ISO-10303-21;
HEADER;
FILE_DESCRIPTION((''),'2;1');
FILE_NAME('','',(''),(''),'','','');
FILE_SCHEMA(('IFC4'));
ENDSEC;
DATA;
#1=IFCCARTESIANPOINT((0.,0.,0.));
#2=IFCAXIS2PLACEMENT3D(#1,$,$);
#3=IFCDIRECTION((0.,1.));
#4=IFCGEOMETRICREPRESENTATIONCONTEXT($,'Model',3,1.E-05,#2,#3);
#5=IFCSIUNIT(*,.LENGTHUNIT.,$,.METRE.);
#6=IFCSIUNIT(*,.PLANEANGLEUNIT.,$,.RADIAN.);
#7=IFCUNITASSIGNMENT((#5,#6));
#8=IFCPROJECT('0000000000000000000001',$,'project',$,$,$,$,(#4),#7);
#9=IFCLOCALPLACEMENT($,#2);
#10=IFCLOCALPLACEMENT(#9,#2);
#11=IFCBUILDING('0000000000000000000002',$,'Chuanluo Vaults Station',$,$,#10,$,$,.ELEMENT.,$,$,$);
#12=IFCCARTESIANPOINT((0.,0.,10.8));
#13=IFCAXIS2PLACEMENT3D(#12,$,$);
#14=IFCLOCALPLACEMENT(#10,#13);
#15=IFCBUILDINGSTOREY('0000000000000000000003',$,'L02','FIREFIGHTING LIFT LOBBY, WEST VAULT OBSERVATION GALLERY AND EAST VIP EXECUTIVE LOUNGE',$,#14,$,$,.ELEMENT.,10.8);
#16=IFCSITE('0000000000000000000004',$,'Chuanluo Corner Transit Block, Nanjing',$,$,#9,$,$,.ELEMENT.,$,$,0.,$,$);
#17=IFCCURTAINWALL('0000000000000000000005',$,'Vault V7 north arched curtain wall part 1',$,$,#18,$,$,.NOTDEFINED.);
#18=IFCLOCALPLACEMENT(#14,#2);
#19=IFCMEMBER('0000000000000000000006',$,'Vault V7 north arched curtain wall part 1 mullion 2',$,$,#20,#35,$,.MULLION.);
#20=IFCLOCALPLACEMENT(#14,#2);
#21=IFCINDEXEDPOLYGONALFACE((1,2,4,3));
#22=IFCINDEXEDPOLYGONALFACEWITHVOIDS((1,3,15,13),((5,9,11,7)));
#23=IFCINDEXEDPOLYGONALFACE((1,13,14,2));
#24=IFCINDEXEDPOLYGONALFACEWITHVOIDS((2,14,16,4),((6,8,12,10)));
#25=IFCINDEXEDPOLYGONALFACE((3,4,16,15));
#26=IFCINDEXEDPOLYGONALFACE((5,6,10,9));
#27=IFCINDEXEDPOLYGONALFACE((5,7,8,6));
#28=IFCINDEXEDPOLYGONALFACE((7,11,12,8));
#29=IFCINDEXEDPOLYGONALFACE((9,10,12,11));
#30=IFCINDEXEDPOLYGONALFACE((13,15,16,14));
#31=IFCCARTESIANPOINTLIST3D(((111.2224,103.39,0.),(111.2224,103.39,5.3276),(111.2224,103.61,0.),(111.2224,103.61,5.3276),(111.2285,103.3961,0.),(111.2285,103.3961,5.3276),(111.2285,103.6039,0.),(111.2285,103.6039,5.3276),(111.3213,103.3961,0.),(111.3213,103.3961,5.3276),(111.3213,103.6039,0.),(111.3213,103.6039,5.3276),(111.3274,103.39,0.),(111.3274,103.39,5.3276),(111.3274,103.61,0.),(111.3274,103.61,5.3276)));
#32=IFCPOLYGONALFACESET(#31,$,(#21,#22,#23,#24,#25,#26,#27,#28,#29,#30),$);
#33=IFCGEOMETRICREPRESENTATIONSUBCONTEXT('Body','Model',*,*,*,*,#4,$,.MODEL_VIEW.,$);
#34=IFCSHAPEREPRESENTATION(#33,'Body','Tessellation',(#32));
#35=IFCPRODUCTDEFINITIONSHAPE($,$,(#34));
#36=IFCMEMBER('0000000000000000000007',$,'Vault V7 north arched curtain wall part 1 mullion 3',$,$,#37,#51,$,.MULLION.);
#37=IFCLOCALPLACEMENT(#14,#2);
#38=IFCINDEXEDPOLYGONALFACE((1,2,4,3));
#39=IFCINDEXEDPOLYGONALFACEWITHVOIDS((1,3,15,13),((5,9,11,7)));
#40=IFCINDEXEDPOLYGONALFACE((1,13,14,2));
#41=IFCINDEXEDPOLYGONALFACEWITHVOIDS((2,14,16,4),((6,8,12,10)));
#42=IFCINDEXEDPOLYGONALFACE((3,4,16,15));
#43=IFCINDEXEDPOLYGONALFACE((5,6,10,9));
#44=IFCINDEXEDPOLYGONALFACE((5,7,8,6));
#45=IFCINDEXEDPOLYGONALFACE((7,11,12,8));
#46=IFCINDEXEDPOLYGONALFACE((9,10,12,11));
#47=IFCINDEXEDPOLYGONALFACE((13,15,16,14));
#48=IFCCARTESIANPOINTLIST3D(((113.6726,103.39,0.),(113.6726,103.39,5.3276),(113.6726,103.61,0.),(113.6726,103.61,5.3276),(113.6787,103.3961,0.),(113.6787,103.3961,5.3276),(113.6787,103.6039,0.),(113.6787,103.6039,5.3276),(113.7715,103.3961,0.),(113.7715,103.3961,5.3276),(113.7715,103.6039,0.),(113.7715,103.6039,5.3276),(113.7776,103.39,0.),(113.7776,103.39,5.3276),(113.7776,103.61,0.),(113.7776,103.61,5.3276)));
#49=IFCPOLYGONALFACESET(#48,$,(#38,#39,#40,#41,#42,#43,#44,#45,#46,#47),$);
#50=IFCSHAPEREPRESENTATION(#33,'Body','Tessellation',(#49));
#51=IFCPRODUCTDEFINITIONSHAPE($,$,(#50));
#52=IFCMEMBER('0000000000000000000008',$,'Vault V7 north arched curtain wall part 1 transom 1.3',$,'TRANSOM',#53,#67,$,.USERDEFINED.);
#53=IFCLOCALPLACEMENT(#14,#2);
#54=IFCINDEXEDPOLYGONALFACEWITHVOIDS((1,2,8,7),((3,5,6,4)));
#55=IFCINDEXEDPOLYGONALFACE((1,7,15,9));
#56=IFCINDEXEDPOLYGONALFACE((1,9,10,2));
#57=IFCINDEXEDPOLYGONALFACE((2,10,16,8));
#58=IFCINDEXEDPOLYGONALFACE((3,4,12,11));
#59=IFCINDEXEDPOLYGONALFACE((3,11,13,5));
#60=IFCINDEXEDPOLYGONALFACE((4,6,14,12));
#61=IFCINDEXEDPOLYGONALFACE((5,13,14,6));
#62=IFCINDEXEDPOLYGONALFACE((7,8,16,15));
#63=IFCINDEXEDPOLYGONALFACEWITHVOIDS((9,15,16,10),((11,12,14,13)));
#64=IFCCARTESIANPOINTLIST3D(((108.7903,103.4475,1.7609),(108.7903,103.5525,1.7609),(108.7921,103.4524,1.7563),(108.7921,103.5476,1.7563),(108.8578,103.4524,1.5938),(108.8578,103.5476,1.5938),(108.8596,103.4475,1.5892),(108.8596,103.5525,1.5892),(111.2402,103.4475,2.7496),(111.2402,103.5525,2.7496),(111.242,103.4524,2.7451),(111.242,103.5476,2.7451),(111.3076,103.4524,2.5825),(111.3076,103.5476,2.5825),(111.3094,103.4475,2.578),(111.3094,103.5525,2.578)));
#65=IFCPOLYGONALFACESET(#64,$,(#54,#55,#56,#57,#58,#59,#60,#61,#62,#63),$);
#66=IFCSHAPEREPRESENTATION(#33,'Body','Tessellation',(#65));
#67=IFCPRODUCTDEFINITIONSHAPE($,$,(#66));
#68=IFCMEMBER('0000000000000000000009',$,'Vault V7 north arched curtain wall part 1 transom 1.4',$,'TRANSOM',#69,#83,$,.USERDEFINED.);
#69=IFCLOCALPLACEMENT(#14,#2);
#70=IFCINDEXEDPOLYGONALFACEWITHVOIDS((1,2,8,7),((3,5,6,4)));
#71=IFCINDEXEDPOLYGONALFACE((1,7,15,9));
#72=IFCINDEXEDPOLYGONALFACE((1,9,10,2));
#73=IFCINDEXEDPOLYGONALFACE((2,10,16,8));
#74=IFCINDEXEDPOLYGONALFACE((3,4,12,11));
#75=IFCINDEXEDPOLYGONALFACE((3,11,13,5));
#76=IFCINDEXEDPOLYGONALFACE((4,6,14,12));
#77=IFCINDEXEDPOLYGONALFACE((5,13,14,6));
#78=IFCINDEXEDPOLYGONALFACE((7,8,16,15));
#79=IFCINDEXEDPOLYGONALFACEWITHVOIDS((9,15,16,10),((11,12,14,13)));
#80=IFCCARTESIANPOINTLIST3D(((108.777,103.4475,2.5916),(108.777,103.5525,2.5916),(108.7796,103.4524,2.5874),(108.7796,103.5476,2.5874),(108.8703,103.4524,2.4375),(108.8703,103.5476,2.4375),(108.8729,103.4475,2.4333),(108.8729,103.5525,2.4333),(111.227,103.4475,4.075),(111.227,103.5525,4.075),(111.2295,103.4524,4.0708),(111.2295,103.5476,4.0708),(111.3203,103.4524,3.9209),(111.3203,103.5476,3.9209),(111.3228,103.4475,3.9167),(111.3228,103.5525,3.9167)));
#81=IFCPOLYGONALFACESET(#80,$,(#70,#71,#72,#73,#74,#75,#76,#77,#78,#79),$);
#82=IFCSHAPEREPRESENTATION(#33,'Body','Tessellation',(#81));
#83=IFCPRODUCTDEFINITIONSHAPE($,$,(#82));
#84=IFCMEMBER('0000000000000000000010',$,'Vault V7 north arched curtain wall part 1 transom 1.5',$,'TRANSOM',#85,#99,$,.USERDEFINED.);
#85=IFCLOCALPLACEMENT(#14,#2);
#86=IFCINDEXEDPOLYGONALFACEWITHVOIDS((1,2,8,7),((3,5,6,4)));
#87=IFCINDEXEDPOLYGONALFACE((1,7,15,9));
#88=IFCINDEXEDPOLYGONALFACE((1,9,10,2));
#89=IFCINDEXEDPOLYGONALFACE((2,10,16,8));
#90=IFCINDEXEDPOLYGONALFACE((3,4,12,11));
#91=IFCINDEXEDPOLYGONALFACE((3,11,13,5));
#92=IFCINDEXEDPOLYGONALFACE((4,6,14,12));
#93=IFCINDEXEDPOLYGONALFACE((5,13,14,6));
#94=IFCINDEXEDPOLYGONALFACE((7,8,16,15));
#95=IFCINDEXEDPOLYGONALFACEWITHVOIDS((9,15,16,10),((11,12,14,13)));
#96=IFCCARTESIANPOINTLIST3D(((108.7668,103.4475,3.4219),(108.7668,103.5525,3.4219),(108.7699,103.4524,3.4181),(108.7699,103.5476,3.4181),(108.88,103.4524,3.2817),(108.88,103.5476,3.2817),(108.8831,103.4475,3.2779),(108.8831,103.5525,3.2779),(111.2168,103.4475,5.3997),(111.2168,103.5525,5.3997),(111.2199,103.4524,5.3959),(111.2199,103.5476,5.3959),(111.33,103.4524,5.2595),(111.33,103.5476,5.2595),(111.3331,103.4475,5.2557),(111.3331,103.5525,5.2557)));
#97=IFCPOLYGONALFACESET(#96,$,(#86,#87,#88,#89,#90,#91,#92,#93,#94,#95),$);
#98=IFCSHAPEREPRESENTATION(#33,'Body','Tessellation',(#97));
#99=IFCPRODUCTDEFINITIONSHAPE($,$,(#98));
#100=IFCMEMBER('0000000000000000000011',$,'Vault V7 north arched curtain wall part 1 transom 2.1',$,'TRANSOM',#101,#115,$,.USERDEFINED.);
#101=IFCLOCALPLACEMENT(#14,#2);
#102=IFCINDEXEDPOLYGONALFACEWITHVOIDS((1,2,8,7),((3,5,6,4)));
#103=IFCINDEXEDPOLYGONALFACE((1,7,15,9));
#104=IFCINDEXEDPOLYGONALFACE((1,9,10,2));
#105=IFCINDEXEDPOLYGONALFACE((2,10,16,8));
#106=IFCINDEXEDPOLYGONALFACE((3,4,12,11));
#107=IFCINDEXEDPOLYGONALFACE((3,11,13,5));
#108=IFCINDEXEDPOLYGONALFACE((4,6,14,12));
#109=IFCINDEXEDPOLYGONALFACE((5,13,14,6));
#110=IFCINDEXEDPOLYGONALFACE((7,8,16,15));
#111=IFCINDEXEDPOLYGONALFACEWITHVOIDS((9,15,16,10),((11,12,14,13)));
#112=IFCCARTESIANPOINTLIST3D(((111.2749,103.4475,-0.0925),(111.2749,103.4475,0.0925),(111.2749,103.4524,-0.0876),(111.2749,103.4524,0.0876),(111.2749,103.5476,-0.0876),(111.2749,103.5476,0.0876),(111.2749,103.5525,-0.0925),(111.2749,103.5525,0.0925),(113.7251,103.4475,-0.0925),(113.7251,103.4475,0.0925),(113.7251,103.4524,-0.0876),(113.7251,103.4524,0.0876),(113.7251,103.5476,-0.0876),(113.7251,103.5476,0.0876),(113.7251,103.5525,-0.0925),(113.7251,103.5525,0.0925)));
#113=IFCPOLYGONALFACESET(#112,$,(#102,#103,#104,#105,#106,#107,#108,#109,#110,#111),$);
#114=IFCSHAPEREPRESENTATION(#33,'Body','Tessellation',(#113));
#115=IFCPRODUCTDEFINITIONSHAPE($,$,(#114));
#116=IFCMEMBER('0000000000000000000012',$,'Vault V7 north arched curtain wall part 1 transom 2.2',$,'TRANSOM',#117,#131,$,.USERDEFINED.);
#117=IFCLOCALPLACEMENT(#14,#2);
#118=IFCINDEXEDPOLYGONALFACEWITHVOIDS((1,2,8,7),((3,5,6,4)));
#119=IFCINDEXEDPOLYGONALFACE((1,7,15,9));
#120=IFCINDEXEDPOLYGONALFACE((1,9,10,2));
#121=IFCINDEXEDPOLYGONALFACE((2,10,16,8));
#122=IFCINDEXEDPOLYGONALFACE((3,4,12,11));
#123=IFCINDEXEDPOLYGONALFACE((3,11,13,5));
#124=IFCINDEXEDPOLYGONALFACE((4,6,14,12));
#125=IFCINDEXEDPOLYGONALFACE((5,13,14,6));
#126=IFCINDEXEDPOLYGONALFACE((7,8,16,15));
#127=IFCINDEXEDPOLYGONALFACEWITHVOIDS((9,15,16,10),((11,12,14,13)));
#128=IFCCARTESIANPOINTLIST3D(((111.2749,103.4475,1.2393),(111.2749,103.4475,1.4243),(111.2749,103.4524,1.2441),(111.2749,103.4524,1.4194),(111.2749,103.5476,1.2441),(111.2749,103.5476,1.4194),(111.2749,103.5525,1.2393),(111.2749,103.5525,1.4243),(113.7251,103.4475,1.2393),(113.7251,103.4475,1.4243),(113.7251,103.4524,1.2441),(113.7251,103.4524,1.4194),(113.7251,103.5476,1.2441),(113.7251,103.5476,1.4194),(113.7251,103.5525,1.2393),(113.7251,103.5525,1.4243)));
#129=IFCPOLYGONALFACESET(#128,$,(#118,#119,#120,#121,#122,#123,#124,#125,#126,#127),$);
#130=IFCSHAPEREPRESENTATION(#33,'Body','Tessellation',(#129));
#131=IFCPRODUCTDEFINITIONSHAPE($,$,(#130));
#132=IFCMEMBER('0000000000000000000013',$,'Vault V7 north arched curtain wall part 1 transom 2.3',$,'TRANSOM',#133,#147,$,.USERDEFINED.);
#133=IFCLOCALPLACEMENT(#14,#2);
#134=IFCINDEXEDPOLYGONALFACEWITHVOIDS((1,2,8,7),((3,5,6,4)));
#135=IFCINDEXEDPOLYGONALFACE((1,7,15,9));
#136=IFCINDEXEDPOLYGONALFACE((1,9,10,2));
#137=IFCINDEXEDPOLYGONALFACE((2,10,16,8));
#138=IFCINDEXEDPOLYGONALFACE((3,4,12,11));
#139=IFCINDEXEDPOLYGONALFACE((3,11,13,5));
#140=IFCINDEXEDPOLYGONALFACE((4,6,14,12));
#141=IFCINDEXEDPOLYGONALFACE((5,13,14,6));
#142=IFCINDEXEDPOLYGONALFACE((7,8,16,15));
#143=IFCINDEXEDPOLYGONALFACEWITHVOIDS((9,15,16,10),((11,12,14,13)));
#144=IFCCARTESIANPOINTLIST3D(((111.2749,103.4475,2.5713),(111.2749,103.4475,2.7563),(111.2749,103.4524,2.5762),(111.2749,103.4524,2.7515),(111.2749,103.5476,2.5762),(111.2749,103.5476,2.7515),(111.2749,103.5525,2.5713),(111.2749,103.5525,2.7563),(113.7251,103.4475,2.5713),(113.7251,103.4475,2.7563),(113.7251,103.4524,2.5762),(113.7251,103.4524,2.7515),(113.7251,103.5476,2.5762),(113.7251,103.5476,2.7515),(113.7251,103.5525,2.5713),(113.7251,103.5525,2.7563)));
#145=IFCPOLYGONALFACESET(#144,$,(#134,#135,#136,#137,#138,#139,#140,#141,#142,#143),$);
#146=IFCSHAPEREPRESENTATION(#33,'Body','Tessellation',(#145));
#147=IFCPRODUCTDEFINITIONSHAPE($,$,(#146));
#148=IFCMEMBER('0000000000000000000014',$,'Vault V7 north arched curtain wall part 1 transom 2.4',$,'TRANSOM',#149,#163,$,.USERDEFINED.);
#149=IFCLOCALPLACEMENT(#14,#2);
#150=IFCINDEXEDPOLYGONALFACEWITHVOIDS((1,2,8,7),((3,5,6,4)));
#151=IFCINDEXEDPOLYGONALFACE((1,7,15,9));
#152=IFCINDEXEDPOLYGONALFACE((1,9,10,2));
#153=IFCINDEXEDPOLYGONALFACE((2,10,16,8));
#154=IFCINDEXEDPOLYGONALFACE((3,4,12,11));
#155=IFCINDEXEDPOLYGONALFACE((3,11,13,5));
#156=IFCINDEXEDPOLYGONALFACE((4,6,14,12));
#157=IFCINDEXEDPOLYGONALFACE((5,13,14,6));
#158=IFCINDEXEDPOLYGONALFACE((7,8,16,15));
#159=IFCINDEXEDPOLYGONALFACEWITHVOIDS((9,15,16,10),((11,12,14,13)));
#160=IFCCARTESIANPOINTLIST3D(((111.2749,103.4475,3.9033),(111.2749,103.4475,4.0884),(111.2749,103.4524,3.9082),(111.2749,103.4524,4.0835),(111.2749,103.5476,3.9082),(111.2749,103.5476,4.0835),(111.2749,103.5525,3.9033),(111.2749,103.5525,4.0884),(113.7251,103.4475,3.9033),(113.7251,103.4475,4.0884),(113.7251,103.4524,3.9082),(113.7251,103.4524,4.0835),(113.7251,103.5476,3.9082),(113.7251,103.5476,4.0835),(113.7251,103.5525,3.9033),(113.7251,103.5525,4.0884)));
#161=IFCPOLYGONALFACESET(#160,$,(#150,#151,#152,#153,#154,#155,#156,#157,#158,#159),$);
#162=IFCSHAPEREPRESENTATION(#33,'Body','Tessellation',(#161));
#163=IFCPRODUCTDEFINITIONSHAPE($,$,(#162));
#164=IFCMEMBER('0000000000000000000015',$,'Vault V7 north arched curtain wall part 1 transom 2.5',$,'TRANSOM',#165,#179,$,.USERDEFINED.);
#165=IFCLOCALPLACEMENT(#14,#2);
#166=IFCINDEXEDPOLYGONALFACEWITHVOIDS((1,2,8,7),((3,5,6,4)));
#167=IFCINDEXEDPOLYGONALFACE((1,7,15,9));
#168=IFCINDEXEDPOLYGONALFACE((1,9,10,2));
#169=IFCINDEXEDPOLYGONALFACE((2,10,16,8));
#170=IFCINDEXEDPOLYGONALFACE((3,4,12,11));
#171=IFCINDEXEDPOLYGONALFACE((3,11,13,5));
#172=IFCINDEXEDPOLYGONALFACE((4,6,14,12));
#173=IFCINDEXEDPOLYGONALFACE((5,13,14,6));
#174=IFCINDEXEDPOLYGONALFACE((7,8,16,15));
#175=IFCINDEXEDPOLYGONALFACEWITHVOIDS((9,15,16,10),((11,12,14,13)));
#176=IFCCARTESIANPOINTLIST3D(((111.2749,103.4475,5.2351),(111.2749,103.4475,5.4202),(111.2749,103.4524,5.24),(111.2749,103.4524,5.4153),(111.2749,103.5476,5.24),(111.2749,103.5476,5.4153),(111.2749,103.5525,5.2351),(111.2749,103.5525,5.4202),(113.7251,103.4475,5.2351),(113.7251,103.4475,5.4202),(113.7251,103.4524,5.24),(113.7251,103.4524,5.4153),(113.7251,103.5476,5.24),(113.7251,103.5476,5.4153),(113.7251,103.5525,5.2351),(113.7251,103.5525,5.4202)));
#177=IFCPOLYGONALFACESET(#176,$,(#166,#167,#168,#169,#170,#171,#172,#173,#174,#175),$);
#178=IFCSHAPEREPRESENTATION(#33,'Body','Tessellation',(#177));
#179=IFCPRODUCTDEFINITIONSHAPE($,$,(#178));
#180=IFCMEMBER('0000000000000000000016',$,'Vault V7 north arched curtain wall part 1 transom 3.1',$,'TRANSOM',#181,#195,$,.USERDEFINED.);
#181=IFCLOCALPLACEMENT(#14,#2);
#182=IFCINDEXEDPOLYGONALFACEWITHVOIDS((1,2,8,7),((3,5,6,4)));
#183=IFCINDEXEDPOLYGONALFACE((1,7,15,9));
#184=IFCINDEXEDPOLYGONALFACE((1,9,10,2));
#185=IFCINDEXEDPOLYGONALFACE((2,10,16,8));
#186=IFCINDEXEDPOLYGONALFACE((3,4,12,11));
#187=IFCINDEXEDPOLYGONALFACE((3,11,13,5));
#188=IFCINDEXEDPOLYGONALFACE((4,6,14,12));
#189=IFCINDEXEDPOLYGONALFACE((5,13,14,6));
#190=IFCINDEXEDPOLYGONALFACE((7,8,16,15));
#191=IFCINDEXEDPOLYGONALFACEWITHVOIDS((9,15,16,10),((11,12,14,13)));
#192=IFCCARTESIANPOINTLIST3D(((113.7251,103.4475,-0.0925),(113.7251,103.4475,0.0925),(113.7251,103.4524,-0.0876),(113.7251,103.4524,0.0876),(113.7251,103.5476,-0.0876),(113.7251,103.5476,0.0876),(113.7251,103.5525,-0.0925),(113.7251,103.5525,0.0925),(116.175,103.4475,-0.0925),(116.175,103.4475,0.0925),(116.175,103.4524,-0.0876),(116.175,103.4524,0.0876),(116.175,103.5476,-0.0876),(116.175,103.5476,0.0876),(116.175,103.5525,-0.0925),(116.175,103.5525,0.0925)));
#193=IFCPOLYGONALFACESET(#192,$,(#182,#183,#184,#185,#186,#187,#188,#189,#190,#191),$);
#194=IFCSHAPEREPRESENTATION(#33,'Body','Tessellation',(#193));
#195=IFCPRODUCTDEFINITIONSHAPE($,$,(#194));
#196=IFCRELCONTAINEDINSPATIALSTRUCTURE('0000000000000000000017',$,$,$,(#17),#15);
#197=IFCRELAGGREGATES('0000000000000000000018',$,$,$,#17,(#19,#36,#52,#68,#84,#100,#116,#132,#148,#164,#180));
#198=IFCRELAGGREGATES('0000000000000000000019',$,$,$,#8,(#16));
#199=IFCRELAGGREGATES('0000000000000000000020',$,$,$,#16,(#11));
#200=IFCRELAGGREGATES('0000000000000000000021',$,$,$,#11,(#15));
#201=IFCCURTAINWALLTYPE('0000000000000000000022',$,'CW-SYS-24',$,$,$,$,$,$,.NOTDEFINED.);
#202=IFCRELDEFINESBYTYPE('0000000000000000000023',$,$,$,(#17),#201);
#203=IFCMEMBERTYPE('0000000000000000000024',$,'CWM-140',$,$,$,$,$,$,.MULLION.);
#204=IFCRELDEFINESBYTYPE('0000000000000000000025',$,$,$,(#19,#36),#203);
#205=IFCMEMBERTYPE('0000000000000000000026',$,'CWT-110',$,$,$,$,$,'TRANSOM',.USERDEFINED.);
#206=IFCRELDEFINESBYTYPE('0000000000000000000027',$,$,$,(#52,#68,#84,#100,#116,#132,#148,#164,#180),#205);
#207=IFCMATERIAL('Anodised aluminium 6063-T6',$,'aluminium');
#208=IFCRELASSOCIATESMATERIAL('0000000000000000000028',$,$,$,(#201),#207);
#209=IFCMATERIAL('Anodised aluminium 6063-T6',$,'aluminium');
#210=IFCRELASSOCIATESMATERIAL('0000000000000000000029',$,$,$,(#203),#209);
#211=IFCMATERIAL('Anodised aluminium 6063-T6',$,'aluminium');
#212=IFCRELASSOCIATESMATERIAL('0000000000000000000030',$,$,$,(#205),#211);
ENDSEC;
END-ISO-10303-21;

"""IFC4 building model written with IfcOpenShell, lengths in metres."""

from ifc_helpers import new_model, si_unit, direction, frame, origin, origin_2d, place, context, subcontext, project, spatial, hollow_rectangle, extrude, material, material_profile, profile_set, type_object, element, aggregate, save


model = new_model("IFC4")

# Units and contexts
model_context = context("Model", 3, precision=1e-05, world=origin(), true_north=direction((0.0, 1.0)))
body_context = subcontext(model_context, "Body", "Model", "MODEL_VIEW")
ifc_project = project(units=[si_unit("LENGTHUNIT", "METRE"), si_unit("PLANEANGLEUNIT", "RADIAN")], contexts=[model_context])

# Site, building, storey
site_placement = place(None, origin())
site = spatial("IfcSite", under=ifc_project, at=site_placement, Name="Chuanluo Corner Transit Block, Nanjing", CompositionType="ELEMENT", RefElevation=0.0)
building_placement = place(site_placement, origin())
building = spatial("IfcBuilding", under=site, at=building_placement, Name="Chuanluo Vaults Station", CompositionType="ELEMENT")
storey_placement = place(building_placement, frame((0.0, 0.0, 10.8)))
storey = spatial("IfcBuildingStorey", under=building, at=storey_placement, Name="L02", Description="FIREFIGHTING LIFT LOBBY, WEST VAULT OBSERVATION GALLERY AND EAST VIP EXECUTIVE LOUNGE", CompositionType="ELEMENT", Elevation=10.8)

# Curtain wall, members
ifc_material_1 = material(Name="Anodised aluminium 6063-T6", Category="aluminium")
curtain_wall_type = type_object("IfcCurtainWallType", Name="CW-SYS-24", PredefinedType="NOTDEFINED", material=ifc_material_1)
curtain_wall_placement = place(storey_placement, origin())
curtain_wall = element("IfcCurtainWall", 1, at=curtain_wall_placement, inside=storey, type_object=curtain_wall_type, Name="Vault V7 north arched curtain wall part 1", PredefinedType="NOTDEFINED")
ifc_material_2 = material(Name="Anodised aluminium 6063-T6", Category="aluminium")
ifc_material_profile_1 = material_profile(ifc_material_2, hollow_rectangle(XDim=0.105, YDim=0.22, WallThickness=0.0061, at=origin_2d()))
ifc_profile_set_1 = profile_set([ifc_material_profile_1], Name="Anodised aluminium 6063-T6")
member_type_1 = type_object("IfcMemberType", Name="CWM-140", PredefinedType="MULLION", material=ifc_profile_set_1)
member_1_placement = place(storey_placement, frame((111.2749, 103.5, 0.0), z_axis=(0.0, 0.0, 1.0), x_axis=(1.0, 0.0, 0.0)))
member_1 = element("IfcMember", 2, at=member_1_placement, type_object=member_type_1, Name="Vault V7 north arched curtain wall part 1 mullion 2", PredefinedType="MULLION", context=body_context, shape_type="SweptSolid", body=[
    extrude(hollow_rectangle(XDim=0.105, YDim=0.22, WallThickness=0.0061, at=origin_2d()), origin(), (0.0, 0.0, 1.0), 5.3276),
])
member_2_placement = place(storey_placement, frame((113.7251, 103.5, 0.0), z_axis=(0.0, 0.0, 1.0), x_axis=(1.0, 0.0, 0.0)))
member_2 = element("IfcMember", 3, at=member_2_placement, type_object=member_type_1, Name="Vault V7 north arched curtain wall part 1 mullion 3", PredefinedType="MULLION", context=body_context, shape_type="SweptSolid", body=[
    extrude(hollow_rectangle(XDim=0.105, YDim=0.22, WallThickness=0.0061, at=origin_2d()), origin(), (0.0, 0.0, 1.0), 5.3276),
])
ifc_material_3 = material(Name="Anodised aluminium 6063-T6", Category="aluminium")
ifc_material_profile_2 = material_profile(ifc_material_3, hollow_rectangle(XDim=0.105, YDim=0.1851, WallThickness=0.0049, at=origin_2d()))
ifc_profile_set_2 = profile_set([ifc_material_profile_2], Name="Anodised aluminium 6063-T6")
member_type_2 = type_object("IfcMemberType", Name="CWT-110", ElementType="TRANSOM", PredefinedType="USERDEFINED", material=ifc_profile_set_2)
member_3_placement = place(storey_placement, frame((108.825, 103.5, 1.675), z_axis=(0.927325, 0.0, 0.374257), x_axis=(0.0, 1.0, 0.0)))
member_3 = element("IfcMember", 4, at=member_3_placement, type_object=member_type_2, Name="Vault V7 north arched curtain wall part 1 transom 1.3", ObjectType="TRANSOM", PredefinedType="USERDEFINED", context=body_context, shape_type="SweptSolid", body=[
    extrude(hollow_rectangle(XDim=0.105, YDim=0.1851, WallThickness=0.0049, at=origin_2d()), origin(), (0.0, 0.0, 1.0), 2.6418),
])
member_4_placement = place(storey_placement, frame((108.825, 103.5, 2.5125), z_axis=(0.855418, 0.0, 0.517939), x_axis=(0.0, 1.0, 0.0)))
member_4 = element("IfcMember", 5, at=member_4_placement, type_object=member_type_2, Name="Vault V7 north arched curtain wall part 1 transom 1.4", ObjectType="TRANSOM", PredefinedType="USERDEFINED", context=body_context, shape_type="SweptSolid", body=[
    extrude(hollow_rectangle(XDim=0.105, YDim=0.1851, WallThickness=0.0049, at=origin_2d()), origin(), (0.0, 0.0, 1.0), 2.864),
])
member_5_placement = place(storey_placement, frame((108.825, 103.5, 3.3499), z_axis=(0.7781, 0.0, 0.62814), x_axis=(0.0, 1.0, 0.0)))
member_5 = element("IfcMember", 6, at=member_5_placement, type_object=member_type_2, Name="Vault V7 north arched curtain wall part 1 transom 1.5", ObjectType="TRANSOM", PredefinedType="USERDEFINED", context=body_context, shape_type="SweptSolid", body=[
    extrude(hollow_rectangle(XDim=0.105, YDim=0.1851, WallThickness=0.0049, at=origin_2d()), origin(), (0.0, 0.0, 1.0), 3.1487),
])
member_6_placement = place(storey_placement, frame((111.2749, 103.5, 0.0), z_axis=(1.0, 0.0, 0.0), x_axis=(0.0, 1.0, 0.0)))
member_6 = element("IfcMember", 7, at=member_6_placement, type_object=member_type_2, Name="Vault V7 north arched curtain wall part 1 transom 2.1", ObjectType="TRANSOM", PredefinedType="USERDEFINED", context=body_context, shape_type="SweptSolid", body=[
    extrude(hollow_rectangle(XDim=0.105, YDim=0.1851, WallThickness=0.0049, at=origin_2d()), origin(), (0.0, 0.0, 1.0), 2.4502),
])
member_7_placement = place(storey_placement, frame((111.2749, 103.5, 1.3318), z_axis=(1.0, 0.0, 0.0), x_axis=(0.0, 1.0, 0.0)))
member_7 = element("IfcMember", 8, at=member_7_placement, type_object=member_type_2, Name="Vault V7 north arched curtain wall part 1 transom 2.2", ObjectType="TRANSOM", PredefinedType="USERDEFINED", context=body_context, shape_type="SweptSolid", body=[
    extrude(hollow_rectangle(XDim=0.105, YDim=0.1851, WallThickness=0.0049, at=origin_2d()), origin(), (0.0, 0.0, 1.0), 2.4502),
])
member_8_placement = place(storey_placement, frame((111.2749, 103.5, 2.6638), z_axis=(1.0, 0.0, 0.0), x_axis=(0.0, 1.0, 0.0)))
member_8 = element("IfcMember", 9, at=member_8_placement, type_object=member_type_2, Name="Vault V7 north arched curtain wall part 1 transom 2.3", ObjectType="TRANSOM", PredefinedType="USERDEFINED", context=body_context, shape_type="SweptSolid", body=[
    extrude(hollow_rectangle(XDim=0.105, YDim=0.1851, WallThickness=0.0049, at=origin_2d()), origin(), (0.0, 0.0, 1.0), 2.4502),
])
member_9_placement = place(storey_placement, frame((111.2749, 103.5, 3.9958), z_axis=(1.0, 0.0, 0.0), x_axis=(0.0, 1.0, 0.0)))
member_9 = element("IfcMember", 10, at=member_9_placement, type_object=member_type_2, Name="Vault V7 north arched curtain wall part 1 transom 2.4", ObjectType="TRANSOM", PredefinedType="USERDEFINED", context=body_context, shape_type="SweptSolid", body=[
    extrude(hollow_rectangle(XDim=0.105, YDim=0.1851, WallThickness=0.0049, at=origin_2d()), origin(), (0.0, 0.0, 1.0), 2.4502),
])
member_10_placement = place(storey_placement, frame((111.2749, 103.5, 5.3276), z_axis=(1.0, 0.0, 0.0), x_axis=(0.0, 1.0, 0.0)))
member_10 = element("IfcMember", 11, at=member_10_placement, type_object=member_type_2, Name="Vault V7 north arched curtain wall part 1 transom 2.5", ObjectType="TRANSOM", PredefinedType="USERDEFINED", context=body_context, shape_type="SweptSolid", body=[
    extrude(hollow_rectangle(XDim=0.105, YDim=0.1851, WallThickness=0.0049, at=origin_2d()), origin(), (0.0, 0.0, 1.0), 2.4502),
])
member_11_placement = place(storey_placement, frame((113.7251, 103.5, 0.0), z_axis=(1.0, 0.0, 0.0), x_axis=(0.0, 1.0, 0.0)))
member_11 = element("IfcMember", 12, at=member_11_placement, type_object=member_type_2, Name="Vault V7 north arched curtain wall part 1 transom 3.1", ObjectType="TRANSOM", PredefinedType="USERDEFINED", context=body_context, shape_type="SweptSolid", body=[
    extrude(hollow_rectangle(XDim=0.105, YDim=0.1851, WallThickness=0.0049, at=origin_2d()), origin(), (0.0, 0.0, 1.0), 2.45),
])
aggregate(curtain_wall, [member_1, member_2, member_3, member_4, member_5, member_6, member_7, member_8, member_9, member_10, member_11])

save(model, "model.ifc")
